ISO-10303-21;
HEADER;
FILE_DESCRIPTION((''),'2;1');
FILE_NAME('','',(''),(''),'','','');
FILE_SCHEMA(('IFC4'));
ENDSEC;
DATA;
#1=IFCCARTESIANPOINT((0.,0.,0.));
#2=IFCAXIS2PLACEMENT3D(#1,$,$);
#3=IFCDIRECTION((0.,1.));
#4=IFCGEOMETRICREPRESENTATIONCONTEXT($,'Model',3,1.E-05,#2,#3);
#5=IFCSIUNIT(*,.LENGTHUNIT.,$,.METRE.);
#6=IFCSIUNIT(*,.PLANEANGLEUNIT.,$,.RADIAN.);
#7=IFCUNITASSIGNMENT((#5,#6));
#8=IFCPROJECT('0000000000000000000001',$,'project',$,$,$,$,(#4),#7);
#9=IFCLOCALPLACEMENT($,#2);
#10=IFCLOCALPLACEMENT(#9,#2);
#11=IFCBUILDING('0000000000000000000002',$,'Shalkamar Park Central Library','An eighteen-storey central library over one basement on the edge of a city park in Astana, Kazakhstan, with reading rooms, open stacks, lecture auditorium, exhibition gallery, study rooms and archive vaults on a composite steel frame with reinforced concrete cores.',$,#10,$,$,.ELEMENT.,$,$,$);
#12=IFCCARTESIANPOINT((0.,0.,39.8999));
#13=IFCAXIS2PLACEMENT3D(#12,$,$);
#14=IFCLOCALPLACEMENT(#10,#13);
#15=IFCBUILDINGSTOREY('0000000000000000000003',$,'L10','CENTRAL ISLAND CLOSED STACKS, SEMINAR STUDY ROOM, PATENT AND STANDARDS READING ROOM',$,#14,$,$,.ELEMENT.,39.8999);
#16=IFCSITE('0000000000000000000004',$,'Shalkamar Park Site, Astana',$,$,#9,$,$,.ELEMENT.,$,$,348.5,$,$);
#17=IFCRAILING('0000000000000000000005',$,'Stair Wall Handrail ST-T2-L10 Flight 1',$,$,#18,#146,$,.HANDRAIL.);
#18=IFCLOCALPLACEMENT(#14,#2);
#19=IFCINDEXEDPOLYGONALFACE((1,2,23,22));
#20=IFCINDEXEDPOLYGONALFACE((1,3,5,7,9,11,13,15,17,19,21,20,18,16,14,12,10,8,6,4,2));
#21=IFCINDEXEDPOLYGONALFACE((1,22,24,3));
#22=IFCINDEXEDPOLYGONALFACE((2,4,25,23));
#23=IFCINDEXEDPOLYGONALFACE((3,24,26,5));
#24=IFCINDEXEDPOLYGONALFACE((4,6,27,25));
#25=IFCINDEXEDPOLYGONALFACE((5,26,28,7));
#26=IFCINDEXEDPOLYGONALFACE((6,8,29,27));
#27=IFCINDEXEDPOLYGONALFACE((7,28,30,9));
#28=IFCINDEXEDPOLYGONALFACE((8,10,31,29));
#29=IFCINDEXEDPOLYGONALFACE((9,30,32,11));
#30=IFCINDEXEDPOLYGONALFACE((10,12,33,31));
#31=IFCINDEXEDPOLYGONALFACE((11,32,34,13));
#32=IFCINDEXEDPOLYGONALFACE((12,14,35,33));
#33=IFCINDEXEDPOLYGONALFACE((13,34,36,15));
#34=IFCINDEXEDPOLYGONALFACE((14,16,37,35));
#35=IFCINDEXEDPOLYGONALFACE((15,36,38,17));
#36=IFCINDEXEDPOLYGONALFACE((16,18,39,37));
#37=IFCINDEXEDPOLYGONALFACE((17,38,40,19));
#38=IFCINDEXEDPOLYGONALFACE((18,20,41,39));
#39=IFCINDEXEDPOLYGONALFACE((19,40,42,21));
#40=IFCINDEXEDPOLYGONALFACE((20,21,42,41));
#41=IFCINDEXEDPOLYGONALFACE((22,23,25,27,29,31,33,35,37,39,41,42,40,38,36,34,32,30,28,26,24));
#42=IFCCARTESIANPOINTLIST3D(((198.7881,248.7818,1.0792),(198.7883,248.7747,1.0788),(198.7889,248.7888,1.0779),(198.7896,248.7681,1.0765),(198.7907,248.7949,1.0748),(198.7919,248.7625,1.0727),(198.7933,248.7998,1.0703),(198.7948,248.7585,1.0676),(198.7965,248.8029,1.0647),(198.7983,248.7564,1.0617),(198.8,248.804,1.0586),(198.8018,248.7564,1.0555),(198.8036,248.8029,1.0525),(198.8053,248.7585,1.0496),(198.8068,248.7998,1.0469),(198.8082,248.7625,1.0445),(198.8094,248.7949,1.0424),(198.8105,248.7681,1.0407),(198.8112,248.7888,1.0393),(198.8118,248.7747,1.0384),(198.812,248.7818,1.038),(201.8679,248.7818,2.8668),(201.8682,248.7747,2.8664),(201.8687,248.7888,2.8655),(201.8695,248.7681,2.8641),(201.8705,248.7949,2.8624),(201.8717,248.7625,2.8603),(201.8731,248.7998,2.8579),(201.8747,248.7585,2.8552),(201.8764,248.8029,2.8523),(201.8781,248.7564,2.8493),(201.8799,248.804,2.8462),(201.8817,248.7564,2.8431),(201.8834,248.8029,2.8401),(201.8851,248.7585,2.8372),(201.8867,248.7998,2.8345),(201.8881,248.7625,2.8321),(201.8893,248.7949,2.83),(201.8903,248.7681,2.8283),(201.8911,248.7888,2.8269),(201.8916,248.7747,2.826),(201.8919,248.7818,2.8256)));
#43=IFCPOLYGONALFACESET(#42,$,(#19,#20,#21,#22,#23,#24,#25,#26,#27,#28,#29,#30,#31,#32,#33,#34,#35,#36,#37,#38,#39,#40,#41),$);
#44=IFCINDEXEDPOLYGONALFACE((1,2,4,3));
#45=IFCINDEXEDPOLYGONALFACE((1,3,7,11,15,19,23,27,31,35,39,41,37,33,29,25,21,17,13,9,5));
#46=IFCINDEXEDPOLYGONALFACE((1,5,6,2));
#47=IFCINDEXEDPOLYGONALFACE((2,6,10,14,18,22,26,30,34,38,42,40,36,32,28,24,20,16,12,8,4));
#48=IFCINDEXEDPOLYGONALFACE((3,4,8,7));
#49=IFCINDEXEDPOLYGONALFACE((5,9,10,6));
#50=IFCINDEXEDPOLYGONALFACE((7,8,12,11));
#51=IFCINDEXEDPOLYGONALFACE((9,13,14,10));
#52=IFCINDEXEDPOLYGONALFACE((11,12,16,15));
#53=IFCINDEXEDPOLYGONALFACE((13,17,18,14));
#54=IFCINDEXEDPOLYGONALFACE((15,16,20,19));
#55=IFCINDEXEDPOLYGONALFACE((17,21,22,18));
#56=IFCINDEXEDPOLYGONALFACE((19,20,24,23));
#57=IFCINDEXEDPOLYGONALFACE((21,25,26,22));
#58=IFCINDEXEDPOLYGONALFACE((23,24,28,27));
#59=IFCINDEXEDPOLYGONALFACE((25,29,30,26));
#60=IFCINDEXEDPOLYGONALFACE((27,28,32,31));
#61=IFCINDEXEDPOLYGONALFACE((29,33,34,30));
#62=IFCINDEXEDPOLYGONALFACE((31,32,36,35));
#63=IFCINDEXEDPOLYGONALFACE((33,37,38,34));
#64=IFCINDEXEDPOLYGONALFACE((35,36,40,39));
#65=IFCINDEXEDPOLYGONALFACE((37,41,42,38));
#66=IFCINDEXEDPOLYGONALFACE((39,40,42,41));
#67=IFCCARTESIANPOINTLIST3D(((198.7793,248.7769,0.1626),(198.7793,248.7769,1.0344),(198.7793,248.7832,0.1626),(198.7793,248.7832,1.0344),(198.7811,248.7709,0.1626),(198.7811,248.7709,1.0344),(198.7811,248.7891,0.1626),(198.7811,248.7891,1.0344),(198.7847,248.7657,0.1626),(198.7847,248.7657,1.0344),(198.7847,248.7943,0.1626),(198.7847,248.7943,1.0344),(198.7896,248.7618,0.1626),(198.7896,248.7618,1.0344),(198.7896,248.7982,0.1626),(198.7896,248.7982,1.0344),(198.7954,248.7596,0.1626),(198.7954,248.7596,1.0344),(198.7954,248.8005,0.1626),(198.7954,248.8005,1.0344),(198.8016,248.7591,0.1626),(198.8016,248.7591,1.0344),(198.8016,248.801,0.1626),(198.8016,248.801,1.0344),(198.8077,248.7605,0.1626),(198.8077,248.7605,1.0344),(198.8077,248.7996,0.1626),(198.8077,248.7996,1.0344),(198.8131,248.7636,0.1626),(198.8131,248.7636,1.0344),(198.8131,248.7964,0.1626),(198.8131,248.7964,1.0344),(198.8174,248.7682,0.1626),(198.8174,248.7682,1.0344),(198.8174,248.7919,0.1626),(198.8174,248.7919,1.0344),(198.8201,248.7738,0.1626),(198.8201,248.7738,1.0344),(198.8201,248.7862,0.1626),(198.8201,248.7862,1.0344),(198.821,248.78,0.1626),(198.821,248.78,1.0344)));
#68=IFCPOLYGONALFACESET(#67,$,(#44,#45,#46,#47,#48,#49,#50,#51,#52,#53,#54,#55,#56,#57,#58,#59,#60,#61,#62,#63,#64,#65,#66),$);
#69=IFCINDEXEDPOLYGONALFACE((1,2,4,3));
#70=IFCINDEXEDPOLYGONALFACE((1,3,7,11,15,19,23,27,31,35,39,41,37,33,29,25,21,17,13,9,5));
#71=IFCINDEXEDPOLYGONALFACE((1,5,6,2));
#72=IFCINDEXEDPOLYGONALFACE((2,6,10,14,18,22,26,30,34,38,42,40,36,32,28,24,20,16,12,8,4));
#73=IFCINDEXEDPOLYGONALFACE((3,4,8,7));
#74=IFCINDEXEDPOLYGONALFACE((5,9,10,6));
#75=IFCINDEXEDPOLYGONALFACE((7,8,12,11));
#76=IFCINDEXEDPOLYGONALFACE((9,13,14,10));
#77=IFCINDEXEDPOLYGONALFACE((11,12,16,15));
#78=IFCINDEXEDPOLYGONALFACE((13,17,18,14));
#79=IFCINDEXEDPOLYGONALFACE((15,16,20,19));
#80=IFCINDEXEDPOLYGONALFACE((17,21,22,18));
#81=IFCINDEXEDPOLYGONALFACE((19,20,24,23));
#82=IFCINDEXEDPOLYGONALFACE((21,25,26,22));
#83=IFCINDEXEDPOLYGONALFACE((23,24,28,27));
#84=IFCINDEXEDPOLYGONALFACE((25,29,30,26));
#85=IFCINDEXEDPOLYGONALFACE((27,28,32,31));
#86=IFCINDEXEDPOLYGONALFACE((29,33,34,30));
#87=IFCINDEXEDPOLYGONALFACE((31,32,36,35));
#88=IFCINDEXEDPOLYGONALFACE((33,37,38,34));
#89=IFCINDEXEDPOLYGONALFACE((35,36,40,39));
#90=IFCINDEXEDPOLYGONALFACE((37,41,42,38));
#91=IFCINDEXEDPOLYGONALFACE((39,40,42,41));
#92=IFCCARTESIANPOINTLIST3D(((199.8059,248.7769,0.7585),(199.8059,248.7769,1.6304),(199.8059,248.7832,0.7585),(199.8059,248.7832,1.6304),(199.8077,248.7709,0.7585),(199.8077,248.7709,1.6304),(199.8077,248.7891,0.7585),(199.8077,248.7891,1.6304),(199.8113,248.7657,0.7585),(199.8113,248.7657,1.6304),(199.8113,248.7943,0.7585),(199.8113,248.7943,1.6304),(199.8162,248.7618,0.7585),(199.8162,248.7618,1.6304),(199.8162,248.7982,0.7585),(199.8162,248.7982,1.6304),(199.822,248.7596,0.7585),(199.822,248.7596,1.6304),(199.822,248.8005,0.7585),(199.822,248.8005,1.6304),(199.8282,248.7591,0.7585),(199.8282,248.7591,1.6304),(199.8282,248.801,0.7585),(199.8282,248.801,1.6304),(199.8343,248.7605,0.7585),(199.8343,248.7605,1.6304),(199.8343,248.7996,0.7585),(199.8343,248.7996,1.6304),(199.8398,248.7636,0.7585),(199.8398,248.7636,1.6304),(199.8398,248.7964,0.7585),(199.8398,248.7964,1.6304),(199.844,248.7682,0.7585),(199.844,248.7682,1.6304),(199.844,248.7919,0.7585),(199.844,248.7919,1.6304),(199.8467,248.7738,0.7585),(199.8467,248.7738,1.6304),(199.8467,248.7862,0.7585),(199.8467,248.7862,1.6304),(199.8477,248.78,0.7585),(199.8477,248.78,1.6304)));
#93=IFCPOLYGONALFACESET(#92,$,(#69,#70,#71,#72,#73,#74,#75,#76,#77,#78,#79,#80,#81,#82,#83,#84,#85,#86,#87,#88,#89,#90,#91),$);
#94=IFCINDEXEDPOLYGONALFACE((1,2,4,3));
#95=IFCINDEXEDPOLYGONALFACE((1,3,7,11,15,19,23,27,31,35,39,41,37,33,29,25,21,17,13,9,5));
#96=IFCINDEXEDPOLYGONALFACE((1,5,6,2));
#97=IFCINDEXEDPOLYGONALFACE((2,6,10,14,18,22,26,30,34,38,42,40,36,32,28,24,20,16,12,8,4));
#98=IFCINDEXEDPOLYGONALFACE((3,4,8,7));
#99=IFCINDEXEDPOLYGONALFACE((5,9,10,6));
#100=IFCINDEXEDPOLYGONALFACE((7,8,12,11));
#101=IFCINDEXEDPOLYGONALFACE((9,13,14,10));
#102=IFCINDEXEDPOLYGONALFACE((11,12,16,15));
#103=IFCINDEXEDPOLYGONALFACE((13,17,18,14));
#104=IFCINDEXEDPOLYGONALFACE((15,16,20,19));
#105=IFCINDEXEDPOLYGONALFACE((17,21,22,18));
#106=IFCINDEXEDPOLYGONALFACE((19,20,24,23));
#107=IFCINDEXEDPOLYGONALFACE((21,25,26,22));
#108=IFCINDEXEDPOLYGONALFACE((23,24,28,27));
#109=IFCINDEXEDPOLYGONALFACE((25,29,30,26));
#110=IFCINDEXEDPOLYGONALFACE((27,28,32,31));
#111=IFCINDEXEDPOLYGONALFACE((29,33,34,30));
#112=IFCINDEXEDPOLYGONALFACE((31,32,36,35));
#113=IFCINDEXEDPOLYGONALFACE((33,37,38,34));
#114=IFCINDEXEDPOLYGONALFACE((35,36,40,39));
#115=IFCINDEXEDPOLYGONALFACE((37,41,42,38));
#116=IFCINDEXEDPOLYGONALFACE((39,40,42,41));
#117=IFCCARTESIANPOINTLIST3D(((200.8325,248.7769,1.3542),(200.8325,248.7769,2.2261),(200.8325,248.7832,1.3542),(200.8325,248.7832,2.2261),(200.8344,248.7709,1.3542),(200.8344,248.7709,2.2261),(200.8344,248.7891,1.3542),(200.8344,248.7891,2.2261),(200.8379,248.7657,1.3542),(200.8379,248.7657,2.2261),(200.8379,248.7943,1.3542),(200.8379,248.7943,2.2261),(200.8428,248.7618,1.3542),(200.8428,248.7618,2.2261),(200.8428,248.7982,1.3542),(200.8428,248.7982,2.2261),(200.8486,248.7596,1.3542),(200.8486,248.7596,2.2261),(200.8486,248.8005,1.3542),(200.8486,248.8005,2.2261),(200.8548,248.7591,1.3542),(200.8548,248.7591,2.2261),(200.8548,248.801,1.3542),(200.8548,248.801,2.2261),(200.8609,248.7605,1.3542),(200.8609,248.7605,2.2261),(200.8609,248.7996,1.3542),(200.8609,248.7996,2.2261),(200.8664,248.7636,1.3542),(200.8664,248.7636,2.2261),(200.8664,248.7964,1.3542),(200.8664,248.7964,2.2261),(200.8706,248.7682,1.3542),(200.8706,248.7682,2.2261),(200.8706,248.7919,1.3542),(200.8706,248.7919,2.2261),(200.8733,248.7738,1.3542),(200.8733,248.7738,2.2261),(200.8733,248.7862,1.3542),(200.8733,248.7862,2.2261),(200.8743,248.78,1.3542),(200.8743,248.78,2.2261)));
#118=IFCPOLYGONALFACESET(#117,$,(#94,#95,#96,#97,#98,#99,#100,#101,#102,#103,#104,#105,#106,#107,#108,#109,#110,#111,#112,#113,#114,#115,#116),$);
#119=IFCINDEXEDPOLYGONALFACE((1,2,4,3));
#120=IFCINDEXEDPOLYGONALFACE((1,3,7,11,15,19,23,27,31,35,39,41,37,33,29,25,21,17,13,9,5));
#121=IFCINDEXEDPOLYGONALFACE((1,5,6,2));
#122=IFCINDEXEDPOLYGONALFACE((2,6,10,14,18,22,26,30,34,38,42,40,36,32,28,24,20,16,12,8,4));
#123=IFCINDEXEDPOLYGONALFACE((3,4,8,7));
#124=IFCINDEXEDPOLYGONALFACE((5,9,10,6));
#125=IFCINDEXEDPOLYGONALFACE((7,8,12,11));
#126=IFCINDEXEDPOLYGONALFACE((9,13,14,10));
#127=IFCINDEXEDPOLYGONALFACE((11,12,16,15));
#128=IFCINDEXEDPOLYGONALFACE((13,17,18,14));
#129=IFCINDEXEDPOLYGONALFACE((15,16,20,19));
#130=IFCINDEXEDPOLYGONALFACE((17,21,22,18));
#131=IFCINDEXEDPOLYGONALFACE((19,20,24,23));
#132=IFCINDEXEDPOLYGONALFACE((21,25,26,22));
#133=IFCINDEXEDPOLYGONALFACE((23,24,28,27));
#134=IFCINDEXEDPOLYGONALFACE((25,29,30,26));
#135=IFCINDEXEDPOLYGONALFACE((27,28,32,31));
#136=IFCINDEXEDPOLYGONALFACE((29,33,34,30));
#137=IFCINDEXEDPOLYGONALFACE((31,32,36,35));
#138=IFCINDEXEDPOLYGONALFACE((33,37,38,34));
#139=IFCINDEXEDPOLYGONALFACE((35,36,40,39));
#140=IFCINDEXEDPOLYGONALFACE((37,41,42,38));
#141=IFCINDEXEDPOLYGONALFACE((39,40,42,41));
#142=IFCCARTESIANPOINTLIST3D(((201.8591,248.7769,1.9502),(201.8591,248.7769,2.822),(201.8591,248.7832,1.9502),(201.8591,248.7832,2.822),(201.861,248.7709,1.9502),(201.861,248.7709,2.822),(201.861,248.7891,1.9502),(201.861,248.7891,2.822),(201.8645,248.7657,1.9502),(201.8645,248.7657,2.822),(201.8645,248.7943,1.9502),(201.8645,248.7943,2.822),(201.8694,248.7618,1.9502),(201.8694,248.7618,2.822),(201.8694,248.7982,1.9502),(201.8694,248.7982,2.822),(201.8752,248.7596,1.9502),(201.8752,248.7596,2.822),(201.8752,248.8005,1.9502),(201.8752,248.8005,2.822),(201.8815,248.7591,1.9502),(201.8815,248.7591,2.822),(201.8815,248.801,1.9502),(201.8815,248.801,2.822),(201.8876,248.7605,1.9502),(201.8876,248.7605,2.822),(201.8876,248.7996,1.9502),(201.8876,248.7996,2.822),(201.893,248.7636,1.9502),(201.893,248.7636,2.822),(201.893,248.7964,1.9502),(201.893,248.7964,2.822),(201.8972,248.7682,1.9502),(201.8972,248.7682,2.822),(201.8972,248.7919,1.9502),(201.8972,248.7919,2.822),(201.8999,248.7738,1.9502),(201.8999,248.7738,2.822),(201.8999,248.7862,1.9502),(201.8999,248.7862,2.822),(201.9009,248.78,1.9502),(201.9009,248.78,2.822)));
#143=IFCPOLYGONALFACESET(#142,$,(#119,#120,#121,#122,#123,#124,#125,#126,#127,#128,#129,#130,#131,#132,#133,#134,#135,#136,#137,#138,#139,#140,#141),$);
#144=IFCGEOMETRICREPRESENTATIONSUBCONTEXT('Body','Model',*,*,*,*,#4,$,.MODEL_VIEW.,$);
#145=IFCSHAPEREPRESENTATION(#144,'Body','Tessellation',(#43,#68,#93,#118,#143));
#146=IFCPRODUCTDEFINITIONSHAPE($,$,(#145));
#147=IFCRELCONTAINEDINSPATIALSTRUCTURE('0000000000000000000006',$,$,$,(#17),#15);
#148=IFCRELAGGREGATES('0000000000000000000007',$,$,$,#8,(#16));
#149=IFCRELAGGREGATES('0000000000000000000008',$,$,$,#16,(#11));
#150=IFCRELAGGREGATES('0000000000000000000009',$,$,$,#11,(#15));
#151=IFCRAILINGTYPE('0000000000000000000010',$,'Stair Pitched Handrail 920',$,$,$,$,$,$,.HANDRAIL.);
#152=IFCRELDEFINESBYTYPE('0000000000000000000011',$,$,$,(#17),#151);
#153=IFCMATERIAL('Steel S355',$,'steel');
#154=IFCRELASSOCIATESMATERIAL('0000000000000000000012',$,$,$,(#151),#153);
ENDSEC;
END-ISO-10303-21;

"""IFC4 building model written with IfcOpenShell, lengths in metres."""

from ifc_helpers import new_model, si_unit, direction, frame, origin, origin_2d, place, context, subcontext, project, spatial, circle, extrude, material, type_object, element, save


model = new_model("IFC4")

# Units and contexts
model_context = context("Model", 3, precision=1e-05, world=origin(), true_north=direction((0.0, 1.0)))
body_context = subcontext(model_context, "Body", "Model", "MODEL_VIEW")
ifc_project = project(units=[si_unit("LENGTHUNIT", "METRE"), si_unit("PLANEANGLEUNIT", "RADIAN")], contexts=[model_context])

# Site, building, storey
site_placement = place(None, origin())
site = spatial("IfcSite", under=ifc_project, at=site_placement, Name="Shalkamar Park Site, Astana", CompositionType="ELEMENT", RefElevation=348.5)
building_placement = place(site_placement, origin())
building = spatial("IfcBuilding", under=site, at=building_placement, Name="Shalkamar Park Central Library", Description="An eighteen-storey central library over one basement on the edge of a city park in Astana, Kazakhstan, with reading rooms, open stacks, lecture auditorium, exhibition gallery, study rooms and archive vaults on a composite steel frame with reinforced concrete cores.", CompositionType="ELEMENT")
storey_placement = place(building_placement, frame((0.0, 0.0, 39.8999)))
storey = spatial("IfcBuildingStorey", under=building, at=storey_placement, Name="L10", Description="CENTRAL ISLAND CLOSED STACKS, SEMINAR STUDY ROOM, PATENT AND STANDARDS READING ROOM", CompositionType="ELEMENT", Elevation=39.8999)

# Shared definitions
ifc_material_1 = material(Name="Steel S355", Category="steel")

# Railing
railing_type_1 = type_object("IfcRailingType", Name="Stair Pitched Handrail 920", PredefinedType="HANDRAIL", material=ifc_material_1)
railing_1_placement = place(storey_placement, frame((198.8, 248.78, 0.1626)))
element("IfcRailing", 1, at=railing_1_placement, inside=storey, type_object=railing_type_1, Name="Stair Wall Handrail ST-T2-L10 Flight 1", PredefinedType="HANDRAIL", context=body_context, shape_type="SweptSolid", body=[
    extrude(circle(Radius=0.0239, at=origin_2d()), frame((0.0, 0.0, 0.896), z_axis=(0.864873, 0.0, 0.50199), x_axis=(0.0, 1.0, 0.0)), (0.0, 0.0, 1.0), 3.561),
    extrude(circle(Radius=0.021, at=origin_2d()), origin(), (0.0, 0.0, 1.0), 0.8718),
    extrude(circle(Radius=0.021, at=origin_2d()), frame((1.0266, 0.0, 0.5959)), (0.0, 0.0, 1.0), 0.8718),
    extrude(circle(Radius=0.021, at=origin_2d()), frame((2.0532, 0.0, 1.1917)), (0.0, 0.0, 1.0), 0.8718),
    extrude(circle(Radius=0.021, at=origin_2d()), frame((3.0798, 0.0, 1.7876)), (0.0, 0.0, 1.0), 0.8718),
])

save(model, "model.ifc")
